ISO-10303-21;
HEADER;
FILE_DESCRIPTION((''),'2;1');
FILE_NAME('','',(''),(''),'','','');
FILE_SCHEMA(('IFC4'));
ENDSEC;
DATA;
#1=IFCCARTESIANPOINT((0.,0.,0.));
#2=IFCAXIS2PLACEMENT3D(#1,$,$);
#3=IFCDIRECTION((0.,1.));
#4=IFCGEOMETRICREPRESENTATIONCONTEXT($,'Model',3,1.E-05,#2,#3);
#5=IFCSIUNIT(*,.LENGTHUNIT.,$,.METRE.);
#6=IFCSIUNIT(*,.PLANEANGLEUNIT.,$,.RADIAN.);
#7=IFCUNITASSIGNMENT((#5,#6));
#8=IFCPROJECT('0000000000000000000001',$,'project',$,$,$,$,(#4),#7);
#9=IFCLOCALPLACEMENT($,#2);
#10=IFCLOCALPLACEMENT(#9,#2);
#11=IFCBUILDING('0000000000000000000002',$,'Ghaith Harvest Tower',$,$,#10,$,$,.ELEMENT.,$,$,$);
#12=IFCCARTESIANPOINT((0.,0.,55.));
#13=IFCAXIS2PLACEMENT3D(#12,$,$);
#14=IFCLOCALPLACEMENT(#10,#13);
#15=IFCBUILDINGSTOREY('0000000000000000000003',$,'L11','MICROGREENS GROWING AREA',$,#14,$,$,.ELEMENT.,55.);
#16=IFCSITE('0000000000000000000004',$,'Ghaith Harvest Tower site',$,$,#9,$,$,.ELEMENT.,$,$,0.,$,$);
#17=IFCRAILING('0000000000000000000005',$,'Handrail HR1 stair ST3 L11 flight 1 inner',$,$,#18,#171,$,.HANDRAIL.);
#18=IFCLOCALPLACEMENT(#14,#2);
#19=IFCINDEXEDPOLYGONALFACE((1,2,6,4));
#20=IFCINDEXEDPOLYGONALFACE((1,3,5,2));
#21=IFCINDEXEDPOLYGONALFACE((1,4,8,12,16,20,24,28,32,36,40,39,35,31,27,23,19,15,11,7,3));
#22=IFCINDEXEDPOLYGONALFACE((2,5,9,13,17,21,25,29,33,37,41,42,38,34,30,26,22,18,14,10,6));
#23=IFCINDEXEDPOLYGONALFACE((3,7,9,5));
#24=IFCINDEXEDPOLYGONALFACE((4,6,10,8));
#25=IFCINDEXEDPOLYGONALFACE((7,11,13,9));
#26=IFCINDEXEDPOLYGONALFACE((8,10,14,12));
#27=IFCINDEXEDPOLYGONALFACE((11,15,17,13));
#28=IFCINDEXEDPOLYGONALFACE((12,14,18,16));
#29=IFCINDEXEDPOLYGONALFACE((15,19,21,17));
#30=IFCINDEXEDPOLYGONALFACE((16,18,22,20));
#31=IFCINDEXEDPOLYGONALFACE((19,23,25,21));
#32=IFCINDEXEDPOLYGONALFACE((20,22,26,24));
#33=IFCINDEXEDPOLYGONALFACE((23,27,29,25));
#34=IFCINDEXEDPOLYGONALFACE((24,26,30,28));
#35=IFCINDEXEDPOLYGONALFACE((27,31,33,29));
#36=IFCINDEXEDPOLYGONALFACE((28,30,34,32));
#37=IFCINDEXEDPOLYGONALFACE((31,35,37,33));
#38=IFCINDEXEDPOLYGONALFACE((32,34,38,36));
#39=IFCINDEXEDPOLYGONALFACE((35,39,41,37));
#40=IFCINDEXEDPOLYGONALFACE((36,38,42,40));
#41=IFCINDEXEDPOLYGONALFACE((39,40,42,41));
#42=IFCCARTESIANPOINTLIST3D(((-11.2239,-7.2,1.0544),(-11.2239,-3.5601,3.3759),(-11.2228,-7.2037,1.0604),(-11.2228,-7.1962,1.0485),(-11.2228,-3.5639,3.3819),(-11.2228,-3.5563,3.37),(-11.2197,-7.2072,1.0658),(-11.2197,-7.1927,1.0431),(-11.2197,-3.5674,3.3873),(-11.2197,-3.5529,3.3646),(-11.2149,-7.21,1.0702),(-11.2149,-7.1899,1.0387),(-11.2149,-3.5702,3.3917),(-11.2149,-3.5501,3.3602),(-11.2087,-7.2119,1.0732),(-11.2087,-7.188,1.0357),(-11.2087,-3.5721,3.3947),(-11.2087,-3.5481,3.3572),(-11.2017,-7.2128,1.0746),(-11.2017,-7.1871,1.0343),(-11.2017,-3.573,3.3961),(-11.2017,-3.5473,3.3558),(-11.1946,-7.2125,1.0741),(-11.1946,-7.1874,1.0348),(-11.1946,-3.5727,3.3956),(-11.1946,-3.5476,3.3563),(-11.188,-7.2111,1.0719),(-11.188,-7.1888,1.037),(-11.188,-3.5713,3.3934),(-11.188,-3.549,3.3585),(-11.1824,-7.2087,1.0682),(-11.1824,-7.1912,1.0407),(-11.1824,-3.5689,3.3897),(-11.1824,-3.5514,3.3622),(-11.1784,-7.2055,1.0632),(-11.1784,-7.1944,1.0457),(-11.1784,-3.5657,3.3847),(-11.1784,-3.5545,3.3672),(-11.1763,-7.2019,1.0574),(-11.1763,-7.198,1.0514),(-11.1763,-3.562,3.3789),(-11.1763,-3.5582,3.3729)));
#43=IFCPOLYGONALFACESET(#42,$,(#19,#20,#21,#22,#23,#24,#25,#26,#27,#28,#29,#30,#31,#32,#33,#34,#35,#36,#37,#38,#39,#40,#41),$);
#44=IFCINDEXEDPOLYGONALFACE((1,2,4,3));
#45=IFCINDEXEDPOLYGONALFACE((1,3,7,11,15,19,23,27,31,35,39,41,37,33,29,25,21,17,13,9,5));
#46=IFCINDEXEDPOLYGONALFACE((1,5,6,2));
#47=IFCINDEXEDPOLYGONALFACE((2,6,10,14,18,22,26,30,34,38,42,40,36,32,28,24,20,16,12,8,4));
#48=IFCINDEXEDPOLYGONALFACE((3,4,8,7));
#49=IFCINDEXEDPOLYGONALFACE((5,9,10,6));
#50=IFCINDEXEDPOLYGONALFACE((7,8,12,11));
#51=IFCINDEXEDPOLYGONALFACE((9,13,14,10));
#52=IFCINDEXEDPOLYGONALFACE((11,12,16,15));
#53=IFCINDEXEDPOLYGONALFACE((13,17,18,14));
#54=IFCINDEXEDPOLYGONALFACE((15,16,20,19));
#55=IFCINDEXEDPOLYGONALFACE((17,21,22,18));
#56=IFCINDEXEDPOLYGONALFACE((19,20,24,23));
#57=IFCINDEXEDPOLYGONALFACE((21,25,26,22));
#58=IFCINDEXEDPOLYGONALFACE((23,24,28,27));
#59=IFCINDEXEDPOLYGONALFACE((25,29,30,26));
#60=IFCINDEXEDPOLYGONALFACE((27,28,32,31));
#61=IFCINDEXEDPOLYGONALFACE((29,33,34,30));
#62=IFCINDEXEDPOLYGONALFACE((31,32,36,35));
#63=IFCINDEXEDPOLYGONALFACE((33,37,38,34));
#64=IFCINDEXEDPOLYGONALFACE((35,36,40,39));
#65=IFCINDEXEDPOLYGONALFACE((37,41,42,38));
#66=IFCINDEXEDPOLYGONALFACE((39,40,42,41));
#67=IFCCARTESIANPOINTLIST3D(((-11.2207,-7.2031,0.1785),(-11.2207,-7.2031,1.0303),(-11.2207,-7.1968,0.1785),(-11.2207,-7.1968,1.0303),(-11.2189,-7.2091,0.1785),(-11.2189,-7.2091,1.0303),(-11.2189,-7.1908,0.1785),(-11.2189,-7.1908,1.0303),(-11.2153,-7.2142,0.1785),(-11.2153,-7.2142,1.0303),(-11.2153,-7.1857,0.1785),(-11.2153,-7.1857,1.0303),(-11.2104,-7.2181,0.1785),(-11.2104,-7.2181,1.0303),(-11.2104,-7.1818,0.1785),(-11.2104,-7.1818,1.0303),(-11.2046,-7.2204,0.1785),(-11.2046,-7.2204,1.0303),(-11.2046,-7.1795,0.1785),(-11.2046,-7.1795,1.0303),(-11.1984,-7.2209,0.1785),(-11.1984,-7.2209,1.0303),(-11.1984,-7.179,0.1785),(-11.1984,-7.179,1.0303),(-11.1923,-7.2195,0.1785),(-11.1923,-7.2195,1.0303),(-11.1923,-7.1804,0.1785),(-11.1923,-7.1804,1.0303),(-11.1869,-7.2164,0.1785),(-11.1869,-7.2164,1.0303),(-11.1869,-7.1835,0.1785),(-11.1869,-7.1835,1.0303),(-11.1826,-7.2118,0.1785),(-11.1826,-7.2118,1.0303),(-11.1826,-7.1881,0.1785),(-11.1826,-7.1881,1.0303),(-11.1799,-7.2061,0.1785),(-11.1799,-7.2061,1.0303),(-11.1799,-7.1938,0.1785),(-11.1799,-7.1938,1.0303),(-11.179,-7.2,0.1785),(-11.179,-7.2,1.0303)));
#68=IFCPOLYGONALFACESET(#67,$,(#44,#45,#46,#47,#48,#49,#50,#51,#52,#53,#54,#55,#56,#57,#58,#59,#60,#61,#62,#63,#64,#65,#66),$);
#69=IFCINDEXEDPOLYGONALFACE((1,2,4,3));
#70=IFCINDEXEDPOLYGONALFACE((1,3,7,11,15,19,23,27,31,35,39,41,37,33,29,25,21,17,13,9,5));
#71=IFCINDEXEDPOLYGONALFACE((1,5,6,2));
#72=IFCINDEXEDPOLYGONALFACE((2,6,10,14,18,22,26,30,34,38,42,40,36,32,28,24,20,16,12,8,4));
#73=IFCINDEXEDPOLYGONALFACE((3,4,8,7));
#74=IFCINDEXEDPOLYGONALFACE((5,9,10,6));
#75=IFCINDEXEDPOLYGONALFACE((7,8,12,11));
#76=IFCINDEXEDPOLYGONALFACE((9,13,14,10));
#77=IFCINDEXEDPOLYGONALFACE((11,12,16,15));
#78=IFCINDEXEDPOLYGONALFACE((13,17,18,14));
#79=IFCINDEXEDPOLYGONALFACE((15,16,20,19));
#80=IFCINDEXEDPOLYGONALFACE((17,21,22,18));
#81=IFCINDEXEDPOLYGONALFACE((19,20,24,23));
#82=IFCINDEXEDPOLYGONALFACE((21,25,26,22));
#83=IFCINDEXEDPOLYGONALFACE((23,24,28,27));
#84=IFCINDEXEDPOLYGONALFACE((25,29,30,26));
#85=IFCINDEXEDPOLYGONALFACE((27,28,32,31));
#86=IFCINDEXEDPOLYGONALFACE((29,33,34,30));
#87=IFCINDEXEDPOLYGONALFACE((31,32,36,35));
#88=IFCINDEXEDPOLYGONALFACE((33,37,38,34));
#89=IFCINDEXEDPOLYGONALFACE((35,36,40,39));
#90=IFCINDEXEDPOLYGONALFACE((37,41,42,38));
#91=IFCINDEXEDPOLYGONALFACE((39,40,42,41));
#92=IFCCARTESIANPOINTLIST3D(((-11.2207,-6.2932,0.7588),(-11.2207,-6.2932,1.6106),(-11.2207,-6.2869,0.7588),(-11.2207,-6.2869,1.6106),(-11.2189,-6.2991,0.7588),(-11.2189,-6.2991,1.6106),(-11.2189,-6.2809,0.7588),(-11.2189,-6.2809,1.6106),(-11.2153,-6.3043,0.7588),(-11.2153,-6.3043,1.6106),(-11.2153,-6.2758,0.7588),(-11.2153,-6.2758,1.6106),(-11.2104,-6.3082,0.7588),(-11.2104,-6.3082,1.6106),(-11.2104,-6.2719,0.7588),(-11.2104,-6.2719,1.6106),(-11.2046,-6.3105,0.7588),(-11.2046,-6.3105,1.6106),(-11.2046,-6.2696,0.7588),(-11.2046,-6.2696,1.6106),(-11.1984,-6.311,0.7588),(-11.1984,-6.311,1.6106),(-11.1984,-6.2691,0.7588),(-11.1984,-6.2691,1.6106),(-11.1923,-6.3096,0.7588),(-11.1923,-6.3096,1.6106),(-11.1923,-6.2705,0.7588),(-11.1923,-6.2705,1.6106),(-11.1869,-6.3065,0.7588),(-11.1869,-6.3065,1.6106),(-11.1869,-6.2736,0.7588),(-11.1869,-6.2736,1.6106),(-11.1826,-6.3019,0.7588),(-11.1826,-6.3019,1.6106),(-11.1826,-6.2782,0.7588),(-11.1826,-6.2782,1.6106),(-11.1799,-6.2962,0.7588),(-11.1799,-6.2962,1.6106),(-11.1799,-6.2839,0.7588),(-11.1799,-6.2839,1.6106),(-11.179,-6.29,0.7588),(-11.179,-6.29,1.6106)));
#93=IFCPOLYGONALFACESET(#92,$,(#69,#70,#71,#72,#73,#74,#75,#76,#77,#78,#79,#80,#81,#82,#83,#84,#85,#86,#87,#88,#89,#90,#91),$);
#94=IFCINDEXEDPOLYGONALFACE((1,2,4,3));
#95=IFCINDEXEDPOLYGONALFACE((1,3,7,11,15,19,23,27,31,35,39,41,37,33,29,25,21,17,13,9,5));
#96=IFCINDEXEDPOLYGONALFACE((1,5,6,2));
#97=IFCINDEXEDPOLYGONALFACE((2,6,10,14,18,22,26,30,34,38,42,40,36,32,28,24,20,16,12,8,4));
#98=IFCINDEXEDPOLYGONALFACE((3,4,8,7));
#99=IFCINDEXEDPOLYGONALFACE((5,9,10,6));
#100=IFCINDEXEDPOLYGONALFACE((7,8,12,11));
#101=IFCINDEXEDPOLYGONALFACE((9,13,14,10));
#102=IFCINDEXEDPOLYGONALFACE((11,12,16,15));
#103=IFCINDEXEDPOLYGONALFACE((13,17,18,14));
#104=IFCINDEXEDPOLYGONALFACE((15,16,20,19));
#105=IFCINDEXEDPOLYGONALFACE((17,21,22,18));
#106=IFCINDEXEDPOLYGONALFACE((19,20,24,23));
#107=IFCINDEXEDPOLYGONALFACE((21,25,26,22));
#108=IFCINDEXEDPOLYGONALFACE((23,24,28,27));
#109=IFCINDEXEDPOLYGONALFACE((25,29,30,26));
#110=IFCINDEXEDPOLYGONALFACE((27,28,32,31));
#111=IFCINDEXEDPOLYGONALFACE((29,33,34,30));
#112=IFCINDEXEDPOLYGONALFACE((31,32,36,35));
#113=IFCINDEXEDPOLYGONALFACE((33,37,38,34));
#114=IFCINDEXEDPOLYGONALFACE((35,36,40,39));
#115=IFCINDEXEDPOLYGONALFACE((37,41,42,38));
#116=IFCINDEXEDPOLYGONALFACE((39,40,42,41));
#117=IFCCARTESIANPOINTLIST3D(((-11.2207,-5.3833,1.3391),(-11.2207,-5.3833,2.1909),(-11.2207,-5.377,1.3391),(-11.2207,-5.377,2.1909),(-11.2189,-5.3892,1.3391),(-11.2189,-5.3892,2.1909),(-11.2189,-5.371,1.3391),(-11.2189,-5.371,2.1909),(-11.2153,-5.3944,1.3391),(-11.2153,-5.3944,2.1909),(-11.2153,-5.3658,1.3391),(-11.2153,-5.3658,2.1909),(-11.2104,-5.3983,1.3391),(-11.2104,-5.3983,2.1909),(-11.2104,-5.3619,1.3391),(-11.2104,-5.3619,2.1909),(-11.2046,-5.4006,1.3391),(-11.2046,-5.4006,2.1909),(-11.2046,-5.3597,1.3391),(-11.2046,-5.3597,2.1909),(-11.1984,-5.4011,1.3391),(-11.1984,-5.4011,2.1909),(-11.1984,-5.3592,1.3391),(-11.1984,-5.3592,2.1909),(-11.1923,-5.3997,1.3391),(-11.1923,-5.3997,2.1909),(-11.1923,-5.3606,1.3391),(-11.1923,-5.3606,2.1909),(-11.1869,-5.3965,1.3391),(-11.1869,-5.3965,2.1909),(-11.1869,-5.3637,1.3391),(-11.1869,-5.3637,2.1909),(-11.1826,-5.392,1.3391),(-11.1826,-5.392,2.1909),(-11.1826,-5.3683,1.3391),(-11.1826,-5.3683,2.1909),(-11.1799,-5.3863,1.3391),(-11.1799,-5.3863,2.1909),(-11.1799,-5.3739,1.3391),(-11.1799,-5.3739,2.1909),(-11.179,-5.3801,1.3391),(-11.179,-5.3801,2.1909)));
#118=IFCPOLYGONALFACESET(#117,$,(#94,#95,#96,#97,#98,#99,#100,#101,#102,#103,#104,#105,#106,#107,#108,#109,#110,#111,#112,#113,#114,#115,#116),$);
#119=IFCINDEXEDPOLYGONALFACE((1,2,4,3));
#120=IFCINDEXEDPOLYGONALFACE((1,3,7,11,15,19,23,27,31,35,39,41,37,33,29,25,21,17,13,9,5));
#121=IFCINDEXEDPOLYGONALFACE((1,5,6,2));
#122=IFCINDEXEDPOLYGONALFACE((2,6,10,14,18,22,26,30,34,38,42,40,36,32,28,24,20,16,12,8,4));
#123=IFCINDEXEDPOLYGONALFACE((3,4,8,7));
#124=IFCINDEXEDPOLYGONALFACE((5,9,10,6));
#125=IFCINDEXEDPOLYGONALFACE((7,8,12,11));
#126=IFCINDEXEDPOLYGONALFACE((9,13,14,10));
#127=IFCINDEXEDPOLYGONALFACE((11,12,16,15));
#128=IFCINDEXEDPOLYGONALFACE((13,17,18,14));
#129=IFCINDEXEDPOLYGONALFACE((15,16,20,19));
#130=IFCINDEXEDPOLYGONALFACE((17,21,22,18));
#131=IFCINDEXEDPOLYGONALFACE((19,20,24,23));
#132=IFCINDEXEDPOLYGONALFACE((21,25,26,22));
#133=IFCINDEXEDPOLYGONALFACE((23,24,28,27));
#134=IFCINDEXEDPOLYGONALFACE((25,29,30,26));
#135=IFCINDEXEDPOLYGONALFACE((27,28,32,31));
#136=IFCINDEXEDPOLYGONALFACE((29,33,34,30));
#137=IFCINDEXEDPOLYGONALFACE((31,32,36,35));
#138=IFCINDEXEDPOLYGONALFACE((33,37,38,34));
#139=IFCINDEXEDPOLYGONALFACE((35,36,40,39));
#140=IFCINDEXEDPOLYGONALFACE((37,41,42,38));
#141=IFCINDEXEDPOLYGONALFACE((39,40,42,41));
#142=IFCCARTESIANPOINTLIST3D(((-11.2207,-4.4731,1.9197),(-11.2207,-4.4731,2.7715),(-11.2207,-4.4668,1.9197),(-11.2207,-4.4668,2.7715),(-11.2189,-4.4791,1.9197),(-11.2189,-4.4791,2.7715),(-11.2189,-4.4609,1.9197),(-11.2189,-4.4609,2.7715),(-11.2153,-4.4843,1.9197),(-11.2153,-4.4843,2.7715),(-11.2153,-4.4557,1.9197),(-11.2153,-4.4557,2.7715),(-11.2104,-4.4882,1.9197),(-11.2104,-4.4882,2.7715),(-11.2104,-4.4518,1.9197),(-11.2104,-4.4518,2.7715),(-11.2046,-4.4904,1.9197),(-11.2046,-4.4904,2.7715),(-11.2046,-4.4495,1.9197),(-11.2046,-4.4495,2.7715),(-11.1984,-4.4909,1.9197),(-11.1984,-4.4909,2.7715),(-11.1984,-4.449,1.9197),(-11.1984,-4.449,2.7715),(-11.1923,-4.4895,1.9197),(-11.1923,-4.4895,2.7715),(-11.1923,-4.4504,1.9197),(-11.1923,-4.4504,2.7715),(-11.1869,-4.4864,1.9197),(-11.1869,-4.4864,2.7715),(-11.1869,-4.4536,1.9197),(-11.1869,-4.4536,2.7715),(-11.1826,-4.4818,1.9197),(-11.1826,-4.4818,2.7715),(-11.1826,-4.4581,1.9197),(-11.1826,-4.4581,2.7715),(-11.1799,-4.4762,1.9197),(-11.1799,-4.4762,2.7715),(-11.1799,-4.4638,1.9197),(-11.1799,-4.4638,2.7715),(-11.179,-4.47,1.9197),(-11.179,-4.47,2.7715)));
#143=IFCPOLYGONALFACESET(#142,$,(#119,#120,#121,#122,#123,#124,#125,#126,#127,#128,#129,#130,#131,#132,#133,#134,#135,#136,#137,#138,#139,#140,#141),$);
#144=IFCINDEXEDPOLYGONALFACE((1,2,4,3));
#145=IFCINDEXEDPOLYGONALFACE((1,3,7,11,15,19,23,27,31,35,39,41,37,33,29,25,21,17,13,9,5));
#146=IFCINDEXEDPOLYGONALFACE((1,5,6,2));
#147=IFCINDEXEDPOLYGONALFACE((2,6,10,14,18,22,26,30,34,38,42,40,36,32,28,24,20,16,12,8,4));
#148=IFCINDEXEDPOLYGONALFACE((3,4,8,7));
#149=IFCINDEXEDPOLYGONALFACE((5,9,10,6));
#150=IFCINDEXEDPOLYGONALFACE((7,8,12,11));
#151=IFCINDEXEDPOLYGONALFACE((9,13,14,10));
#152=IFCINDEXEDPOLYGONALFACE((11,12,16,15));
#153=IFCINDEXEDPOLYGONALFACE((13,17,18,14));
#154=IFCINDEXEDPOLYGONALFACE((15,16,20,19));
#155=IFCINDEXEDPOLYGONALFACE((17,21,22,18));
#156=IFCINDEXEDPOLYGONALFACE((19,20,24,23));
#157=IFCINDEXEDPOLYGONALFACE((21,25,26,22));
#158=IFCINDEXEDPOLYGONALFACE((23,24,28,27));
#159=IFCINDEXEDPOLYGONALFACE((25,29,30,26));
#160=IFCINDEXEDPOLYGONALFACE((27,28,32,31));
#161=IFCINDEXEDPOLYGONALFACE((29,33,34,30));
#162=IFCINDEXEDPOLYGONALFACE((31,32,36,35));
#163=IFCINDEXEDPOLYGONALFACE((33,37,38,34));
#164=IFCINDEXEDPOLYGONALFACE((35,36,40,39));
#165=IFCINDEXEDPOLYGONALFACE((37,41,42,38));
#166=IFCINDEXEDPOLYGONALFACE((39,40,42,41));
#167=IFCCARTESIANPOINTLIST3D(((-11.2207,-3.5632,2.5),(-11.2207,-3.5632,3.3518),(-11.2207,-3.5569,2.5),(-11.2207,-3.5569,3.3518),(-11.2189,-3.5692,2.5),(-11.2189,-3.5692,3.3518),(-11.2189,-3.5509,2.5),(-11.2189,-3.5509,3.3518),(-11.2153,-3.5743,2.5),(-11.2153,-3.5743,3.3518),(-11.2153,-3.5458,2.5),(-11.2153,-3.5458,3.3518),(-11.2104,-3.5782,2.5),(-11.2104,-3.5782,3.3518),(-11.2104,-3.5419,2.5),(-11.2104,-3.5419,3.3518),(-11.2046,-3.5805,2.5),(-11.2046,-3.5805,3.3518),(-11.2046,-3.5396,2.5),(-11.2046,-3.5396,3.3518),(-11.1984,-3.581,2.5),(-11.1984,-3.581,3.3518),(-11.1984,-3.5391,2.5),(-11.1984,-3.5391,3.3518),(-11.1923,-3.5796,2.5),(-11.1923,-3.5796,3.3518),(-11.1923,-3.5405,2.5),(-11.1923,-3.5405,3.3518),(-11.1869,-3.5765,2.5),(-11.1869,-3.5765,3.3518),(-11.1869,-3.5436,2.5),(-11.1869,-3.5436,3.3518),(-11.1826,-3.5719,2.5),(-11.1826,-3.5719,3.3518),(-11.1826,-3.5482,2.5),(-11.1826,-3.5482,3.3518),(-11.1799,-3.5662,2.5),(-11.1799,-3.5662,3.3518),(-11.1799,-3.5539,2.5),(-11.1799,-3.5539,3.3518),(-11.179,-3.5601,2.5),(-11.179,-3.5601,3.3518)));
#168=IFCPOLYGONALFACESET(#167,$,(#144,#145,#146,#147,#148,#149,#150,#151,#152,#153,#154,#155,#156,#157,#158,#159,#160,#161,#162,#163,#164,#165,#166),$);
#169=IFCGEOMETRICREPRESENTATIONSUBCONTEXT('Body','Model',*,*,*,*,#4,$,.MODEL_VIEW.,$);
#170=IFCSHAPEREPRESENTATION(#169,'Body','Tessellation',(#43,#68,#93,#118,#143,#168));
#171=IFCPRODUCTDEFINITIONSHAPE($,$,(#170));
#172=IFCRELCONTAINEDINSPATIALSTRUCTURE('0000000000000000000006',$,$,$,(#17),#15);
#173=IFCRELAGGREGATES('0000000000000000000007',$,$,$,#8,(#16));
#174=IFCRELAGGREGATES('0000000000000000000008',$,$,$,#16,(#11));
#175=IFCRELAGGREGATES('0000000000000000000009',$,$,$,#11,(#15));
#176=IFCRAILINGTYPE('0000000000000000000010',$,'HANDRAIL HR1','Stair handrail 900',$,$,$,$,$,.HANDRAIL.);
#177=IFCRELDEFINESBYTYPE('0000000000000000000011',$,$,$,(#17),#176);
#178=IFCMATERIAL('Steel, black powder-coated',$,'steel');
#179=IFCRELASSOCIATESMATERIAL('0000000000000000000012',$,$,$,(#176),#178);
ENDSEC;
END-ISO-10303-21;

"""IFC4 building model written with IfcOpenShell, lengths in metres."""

from ifc_helpers import new_model, si_unit, direction, frame, origin, origin_2d, place, context, subcontext, project, spatial, circle, extrude, material, type_object, element, save


model = new_model("IFC4")

# Units and contexts
model_context = context("Model", 3, precision=1e-05, world=origin(), true_north=direction((0.0, 1.0)))
body_context = subcontext(model_context, "Body", "Model", "MODEL_VIEW")
ifc_project = project(units=[si_unit("LENGTHUNIT", "METRE"), si_unit("PLANEANGLEUNIT", "RADIAN")], contexts=[model_context])

# Site, building, storey
site_placement = place(None, origin())
site = spatial("IfcSite", under=ifc_project, at=site_placement, Name="Ghaith Harvest Tower site", CompositionType="ELEMENT", RefElevation=0.0)
building_placement = place(site_placement, origin())
building = spatial("IfcBuilding", under=site, at=building_placement, Name="Ghaith Harvest Tower", CompositionType="ELEMENT")
storey_placement = place(building_placement, frame((0.0, 0.0, 55.0)))
storey = spatial("IfcBuildingStorey", under=building, at=storey_placement, Name="L11", Description="MICROGREENS GROWING AREA", CompositionType="ELEMENT", Elevation=55.0)

# Railing
ifc_material_1 = material(Name="Steel, black powder-coated", Category="steel")
railing_type = type_object("IfcRailingType", Name="HANDRAIL HR1", Description="Stair handrail 900", PredefinedType="HANDRAIL", material=ifc_material_1)
railing_1_placement = place(storey_placement, frame((-11.2, -7.2, 0.1785)))
element("IfcRailing", 1, at=railing_1_placement, inside=storey, type_object=railing_type, Name="Handrail HR1 stair ST3 L11 flight 1 inner", PredefinedType="HANDRAIL", context=body_context, shape_type="SweptSolid", body=[
    extrude(circle(Radius=0.0239, at=origin_2d()), frame((0.0, 0.0, 0.876), z_axis=(0.0, 0.843112, 0.537739), x_axis=(-1.0, 0.0, 0.0)), (0.0, 0.0, 1.0), 4.3171),
    extrude(circle(Radius=0.021, at=origin_2d()), origin(), (0.0, 0.0, 1.0), 0.8518),
    extrude(circle(Radius=0.021, at=origin_2d()), frame((0.0, 0.9099, 0.5803)), (0.0, 0.0, 1.0), 0.8518),
    extrude(circle(Radius=0.021, at=origin_2d()), frame((0.0, 1.8198, 1.1606)), (0.0, 0.0, 1.0), 0.8518),
    extrude(circle(Radius=0.021, at=origin_2d()), frame((0.0, 2.73, 1.7412)), (0.0, 0.0, 1.0), 0.8518),
    extrude(circle(Radius=0.021, at=origin_2d()), frame((0.0, 3.6399, 2.3215)), (0.0, 0.0, 1.0), 0.8518),
])

save(model, "model.ifc")
